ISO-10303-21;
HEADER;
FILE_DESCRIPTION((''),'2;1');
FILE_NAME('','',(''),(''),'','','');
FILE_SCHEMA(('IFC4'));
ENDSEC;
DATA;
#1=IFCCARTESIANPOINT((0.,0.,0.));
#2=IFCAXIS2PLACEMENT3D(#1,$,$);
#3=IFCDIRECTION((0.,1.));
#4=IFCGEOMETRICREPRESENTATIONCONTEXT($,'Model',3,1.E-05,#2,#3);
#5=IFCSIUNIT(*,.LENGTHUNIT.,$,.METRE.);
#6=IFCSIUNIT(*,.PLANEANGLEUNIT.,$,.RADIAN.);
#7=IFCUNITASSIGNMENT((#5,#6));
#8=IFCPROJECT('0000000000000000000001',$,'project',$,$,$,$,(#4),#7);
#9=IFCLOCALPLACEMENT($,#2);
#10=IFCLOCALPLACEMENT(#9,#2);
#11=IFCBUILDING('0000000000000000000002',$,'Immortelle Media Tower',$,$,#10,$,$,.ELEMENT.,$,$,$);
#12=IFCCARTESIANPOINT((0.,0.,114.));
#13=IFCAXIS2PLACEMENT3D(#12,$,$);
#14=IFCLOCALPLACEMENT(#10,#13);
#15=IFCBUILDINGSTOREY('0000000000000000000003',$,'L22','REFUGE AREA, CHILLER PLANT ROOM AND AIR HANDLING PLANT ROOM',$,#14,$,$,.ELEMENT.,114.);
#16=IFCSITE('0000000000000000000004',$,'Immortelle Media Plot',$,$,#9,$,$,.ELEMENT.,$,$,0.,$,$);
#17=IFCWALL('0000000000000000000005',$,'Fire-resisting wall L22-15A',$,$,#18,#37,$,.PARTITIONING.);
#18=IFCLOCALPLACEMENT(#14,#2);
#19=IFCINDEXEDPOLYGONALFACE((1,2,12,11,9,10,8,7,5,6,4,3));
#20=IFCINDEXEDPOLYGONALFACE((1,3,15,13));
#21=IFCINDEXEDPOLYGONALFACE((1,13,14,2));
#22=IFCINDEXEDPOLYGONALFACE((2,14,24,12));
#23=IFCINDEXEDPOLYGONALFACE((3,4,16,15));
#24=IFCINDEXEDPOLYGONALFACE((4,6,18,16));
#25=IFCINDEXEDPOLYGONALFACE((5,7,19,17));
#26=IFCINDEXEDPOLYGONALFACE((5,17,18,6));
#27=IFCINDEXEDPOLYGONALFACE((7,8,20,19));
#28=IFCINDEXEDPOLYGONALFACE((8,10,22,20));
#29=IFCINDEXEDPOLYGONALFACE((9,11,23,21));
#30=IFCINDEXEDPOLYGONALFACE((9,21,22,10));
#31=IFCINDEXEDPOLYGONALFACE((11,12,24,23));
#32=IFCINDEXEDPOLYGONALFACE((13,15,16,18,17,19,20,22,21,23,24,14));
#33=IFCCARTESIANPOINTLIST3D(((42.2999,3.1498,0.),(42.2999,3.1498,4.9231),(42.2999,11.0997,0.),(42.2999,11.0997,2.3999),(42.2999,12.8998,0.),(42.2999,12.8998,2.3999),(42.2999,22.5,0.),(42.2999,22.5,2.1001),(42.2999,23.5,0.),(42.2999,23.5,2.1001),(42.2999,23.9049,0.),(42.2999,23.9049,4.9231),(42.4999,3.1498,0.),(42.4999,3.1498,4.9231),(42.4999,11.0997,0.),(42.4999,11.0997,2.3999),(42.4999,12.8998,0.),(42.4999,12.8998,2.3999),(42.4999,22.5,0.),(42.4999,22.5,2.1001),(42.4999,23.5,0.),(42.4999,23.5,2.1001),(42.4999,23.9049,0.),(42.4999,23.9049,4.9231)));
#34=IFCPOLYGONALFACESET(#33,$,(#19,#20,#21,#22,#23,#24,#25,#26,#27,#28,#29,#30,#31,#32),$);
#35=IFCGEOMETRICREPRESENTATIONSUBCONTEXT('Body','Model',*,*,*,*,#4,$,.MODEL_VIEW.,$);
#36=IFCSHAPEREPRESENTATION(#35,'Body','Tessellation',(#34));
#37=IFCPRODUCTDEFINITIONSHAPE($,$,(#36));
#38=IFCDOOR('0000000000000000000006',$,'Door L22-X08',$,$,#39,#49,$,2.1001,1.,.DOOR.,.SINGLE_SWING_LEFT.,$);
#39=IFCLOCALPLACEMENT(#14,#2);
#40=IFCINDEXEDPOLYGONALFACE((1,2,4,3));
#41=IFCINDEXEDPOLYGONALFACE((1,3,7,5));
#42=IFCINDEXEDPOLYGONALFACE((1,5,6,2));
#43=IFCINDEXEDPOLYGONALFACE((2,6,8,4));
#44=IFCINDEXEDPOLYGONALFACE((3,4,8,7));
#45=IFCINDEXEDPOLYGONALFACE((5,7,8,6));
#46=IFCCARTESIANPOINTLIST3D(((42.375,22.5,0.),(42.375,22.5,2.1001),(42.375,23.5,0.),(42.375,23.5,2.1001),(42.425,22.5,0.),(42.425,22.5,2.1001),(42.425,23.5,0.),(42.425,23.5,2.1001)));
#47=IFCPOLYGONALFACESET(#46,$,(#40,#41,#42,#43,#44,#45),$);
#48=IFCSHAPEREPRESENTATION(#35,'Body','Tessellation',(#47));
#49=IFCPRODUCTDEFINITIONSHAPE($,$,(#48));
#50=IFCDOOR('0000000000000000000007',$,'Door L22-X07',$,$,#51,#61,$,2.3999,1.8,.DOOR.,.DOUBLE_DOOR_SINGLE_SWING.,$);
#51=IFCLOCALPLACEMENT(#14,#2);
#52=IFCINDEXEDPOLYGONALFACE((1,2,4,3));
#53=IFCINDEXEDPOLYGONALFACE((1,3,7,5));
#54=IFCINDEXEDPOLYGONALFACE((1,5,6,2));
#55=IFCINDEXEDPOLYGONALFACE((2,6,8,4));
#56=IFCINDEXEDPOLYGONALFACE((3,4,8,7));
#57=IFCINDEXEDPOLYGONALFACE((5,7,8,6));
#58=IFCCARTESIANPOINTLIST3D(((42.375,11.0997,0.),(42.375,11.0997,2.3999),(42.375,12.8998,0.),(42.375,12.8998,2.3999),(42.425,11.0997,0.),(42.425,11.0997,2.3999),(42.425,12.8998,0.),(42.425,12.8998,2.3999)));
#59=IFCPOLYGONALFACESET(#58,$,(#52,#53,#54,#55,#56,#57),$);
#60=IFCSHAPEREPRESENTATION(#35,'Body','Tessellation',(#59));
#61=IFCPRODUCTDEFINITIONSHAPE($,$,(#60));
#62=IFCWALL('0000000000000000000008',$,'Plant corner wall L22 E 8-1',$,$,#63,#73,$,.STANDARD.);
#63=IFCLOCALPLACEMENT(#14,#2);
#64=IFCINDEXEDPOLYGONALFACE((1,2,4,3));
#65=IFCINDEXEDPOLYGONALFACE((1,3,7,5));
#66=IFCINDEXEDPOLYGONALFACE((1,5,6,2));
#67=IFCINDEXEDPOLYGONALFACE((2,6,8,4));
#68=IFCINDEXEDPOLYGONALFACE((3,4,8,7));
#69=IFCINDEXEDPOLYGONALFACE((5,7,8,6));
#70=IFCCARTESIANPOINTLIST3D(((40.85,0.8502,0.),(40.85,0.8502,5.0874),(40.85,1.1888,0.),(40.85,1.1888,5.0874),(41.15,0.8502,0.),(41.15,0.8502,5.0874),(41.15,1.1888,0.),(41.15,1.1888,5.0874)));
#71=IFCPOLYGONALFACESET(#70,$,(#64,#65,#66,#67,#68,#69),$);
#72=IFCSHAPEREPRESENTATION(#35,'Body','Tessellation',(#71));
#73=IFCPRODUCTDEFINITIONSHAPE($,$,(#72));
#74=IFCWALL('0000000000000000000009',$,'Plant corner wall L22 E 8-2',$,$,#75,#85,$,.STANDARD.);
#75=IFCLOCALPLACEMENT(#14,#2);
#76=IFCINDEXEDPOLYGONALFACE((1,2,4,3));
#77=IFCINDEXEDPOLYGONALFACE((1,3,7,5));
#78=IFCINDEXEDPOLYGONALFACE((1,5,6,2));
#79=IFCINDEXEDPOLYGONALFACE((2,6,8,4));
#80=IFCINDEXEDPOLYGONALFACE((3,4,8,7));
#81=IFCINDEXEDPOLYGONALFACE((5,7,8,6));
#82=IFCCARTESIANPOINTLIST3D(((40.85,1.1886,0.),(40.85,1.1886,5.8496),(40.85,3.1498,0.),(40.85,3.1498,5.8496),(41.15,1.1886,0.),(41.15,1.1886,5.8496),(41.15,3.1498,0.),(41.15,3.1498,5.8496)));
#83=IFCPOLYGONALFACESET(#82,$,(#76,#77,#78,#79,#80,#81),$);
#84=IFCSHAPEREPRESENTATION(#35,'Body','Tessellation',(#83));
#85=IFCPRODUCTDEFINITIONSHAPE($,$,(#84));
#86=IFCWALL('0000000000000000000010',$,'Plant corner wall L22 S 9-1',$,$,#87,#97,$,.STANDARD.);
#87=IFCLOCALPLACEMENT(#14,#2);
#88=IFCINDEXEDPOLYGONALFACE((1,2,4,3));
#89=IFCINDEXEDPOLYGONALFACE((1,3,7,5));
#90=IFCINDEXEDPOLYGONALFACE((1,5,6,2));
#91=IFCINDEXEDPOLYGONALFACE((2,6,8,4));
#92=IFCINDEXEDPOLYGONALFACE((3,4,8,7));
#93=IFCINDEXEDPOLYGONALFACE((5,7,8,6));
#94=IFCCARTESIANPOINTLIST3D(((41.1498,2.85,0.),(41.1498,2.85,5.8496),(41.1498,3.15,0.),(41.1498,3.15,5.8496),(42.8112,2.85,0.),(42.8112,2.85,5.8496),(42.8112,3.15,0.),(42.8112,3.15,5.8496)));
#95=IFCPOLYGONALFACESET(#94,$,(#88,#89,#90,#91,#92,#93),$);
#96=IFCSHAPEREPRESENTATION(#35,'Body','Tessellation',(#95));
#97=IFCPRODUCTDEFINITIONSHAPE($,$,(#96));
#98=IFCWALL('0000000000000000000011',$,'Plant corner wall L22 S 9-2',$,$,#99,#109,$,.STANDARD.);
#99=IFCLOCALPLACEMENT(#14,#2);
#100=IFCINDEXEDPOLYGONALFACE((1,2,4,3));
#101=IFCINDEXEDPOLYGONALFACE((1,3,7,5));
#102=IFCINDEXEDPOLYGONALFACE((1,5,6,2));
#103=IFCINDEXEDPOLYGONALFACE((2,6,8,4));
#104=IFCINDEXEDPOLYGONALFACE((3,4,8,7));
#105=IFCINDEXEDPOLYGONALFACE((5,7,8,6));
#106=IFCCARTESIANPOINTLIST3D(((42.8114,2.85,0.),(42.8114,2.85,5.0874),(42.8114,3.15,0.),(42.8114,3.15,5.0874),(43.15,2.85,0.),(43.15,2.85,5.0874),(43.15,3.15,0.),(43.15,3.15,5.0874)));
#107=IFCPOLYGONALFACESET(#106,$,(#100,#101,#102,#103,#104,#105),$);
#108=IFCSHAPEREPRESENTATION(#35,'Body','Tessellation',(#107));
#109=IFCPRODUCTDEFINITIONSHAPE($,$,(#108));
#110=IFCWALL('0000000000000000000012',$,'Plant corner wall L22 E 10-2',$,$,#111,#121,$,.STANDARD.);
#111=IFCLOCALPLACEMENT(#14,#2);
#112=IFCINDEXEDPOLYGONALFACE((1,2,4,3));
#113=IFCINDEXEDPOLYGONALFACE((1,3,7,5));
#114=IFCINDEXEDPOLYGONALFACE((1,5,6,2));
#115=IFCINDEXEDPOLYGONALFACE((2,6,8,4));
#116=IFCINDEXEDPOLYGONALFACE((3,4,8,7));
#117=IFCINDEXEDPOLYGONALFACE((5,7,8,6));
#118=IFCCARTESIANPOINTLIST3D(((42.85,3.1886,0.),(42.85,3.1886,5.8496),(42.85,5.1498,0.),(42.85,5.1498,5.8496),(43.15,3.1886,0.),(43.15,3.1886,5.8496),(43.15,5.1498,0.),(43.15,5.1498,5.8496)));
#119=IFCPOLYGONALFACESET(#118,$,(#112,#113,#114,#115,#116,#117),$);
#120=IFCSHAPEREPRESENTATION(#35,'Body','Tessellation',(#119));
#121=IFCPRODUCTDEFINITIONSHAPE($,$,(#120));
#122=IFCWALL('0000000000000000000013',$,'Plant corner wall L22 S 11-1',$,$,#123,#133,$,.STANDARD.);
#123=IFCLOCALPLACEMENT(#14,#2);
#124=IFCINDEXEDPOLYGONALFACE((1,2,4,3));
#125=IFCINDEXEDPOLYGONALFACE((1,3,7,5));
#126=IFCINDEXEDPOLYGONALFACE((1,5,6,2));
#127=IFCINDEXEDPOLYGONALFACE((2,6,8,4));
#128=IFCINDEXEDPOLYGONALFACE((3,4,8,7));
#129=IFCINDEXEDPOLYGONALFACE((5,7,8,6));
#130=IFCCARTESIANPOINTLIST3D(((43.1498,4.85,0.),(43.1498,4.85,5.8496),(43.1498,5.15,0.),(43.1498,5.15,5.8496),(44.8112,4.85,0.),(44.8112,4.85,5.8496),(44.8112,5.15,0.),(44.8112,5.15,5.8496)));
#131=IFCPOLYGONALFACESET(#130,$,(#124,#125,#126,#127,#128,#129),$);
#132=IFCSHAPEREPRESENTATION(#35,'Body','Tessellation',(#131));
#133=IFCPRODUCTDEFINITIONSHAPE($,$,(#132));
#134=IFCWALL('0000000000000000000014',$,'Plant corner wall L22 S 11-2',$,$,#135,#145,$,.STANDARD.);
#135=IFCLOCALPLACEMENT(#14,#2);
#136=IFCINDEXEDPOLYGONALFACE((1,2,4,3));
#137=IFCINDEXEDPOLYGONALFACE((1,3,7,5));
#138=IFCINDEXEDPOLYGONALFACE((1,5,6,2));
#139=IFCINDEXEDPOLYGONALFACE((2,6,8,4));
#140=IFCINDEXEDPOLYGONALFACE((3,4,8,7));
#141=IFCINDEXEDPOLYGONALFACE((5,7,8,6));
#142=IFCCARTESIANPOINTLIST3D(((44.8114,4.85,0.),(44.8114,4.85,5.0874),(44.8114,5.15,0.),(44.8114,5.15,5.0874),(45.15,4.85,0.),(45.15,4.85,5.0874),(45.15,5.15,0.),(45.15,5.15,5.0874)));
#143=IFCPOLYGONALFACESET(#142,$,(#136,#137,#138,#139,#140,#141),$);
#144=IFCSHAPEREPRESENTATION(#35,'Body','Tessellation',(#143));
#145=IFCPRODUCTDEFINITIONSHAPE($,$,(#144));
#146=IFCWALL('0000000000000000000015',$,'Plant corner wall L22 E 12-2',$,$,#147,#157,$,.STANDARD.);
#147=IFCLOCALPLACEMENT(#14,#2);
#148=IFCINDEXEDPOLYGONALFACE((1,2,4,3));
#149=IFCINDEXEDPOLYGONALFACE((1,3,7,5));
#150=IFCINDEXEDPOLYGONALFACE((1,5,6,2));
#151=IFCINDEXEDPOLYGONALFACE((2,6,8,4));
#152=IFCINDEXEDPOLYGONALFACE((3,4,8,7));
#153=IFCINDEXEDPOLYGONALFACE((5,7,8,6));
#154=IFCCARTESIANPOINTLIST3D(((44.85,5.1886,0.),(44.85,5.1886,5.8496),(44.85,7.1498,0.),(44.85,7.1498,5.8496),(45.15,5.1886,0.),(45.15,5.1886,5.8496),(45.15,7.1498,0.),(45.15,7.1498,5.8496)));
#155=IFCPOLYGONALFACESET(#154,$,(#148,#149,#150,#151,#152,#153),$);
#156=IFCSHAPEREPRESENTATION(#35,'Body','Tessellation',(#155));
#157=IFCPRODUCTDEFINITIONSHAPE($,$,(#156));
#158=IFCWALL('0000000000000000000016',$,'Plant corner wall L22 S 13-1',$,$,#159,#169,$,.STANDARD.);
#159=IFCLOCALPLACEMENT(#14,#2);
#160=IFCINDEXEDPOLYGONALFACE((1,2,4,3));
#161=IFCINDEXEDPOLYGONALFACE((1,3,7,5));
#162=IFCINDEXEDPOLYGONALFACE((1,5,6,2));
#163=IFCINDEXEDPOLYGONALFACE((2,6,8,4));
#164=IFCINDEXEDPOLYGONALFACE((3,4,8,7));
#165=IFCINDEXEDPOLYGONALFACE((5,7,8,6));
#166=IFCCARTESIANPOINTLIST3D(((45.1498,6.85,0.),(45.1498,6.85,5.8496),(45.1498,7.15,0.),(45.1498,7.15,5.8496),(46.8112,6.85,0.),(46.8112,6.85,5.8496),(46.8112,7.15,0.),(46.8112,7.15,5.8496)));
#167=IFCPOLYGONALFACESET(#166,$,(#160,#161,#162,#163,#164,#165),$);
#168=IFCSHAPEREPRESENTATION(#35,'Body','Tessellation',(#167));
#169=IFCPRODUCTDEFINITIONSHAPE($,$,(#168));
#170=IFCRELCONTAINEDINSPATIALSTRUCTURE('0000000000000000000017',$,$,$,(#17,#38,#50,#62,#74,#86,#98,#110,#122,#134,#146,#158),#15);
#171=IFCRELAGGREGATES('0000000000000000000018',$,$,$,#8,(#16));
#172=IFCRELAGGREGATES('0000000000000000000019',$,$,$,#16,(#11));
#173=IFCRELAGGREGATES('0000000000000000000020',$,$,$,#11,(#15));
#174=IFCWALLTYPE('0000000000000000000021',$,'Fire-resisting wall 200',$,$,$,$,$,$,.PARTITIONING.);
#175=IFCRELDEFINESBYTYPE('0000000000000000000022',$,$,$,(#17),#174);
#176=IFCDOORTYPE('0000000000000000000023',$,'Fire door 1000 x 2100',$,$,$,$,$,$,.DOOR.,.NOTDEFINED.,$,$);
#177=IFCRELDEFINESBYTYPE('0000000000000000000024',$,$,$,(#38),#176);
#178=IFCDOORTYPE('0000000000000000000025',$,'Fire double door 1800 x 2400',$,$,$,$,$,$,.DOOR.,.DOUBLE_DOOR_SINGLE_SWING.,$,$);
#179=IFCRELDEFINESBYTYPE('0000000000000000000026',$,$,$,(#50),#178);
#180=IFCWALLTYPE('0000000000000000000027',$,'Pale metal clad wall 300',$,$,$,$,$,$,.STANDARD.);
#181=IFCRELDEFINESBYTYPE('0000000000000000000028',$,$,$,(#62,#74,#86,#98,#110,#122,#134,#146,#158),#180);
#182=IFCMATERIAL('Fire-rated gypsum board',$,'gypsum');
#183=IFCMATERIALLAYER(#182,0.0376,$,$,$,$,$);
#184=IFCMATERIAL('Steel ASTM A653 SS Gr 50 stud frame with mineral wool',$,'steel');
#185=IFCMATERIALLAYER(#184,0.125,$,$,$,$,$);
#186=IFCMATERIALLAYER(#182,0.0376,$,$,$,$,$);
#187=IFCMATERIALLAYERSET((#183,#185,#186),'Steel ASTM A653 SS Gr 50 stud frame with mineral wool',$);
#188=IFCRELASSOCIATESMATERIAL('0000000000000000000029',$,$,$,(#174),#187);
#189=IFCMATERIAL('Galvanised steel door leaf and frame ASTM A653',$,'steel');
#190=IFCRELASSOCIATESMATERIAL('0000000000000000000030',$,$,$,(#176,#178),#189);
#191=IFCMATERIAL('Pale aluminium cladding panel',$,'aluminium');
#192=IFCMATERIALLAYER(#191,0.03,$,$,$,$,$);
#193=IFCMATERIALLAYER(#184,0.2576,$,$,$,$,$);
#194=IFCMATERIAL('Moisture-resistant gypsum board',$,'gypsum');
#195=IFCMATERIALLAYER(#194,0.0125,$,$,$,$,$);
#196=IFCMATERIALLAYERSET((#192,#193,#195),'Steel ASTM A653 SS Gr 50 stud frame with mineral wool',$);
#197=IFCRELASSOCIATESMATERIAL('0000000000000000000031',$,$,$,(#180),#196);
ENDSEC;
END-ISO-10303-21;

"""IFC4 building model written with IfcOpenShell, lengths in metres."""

from ifc_helpers import new_model, si_unit, direction, frame, frame_2d, origin, place, context, subcontext, project, spatial, rectangle, extrude, material, layer, layer_set, type_object, element, fill, save


model = new_model("IFC4")

# Units and contexts
model_context = context("Model", 3, precision=1e-05, world=origin(), true_north=direction((0.0, 1.0)))
body_context = subcontext(model_context, "Body", "Model", "MODEL_VIEW")
ifc_project = project(units=[si_unit("LENGTHUNIT", "METRE"), si_unit("PLANEANGLEUNIT", "RADIAN")], contexts=[model_context])

# Site, building, storey
site_placement = place(None, origin())
site = spatial("IfcSite", under=ifc_project, at=site_placement, Name="Immortelle Media Plot", CompositionType="ELEMENT", RefElevation=0.0)
building_placement = place(site_placement, origin())
building = spatial("IfcBuilding", under=site, at=building_placement, Name="Immortelle Media Tower", CompositionType="ELEMENT")
storey_placement = place(building_placement, frame((0.0, 0.0, 114.0)))
storey = spatial("IfcBuildingStorey", under=building, at=storey_placement, Name="L22", Description="REFUGE AREA, CHILLER PLANT ROOM AND AIR HANDLING PLANT ROOM", CompositionType="ELEMENT", Elevation=114.0)

# Wall, openings, doors
ifc_material_1 = material(Name="Fire-rated gypsum board", Category="gypsum")
ifc_layer_1 = layer(ifc_material_1, 0.0376)
ifc_material_2 = material(Name="Steel ASTM A653 SS Gr 50 stud frame with mineral wool", Category="steel")
ifc_layer_2 = layer(ifc_material_2, 0.125)
ifc_layer_3 = layer(ifc_material_1, 0.0376)
ifc_layer_set_1 = layer_set([ifc_layer_1, ifc_layer_2, ifc_layer_3], Name="Steel ASTM A653 SS Gr 50 stud frame with mineral wool")
wall_type_1 = type_object("IfcWallType", Name="Fire-resisting wall 200", PredefinedType="PARTITIONING", material=ifc_layer_set_1)
wall_1_placement = place(storey_placement, frame((42.3999, 3.1499, 0.0), z_axis=(0.0, 0.0, 1.0), x_axis=(0.0, 1.0, 0.0)))
wall_1 = element("IfcWall", 1, at=wall_1_placement, inside=storey, type_object=wall_type_1, Name="Fire-resisting wall L22-15A", PredefinedType="PARTITIONING", context=body_context, shape_type="SweptSolid", body=[
    extrude(rectangle(XDim=20.7551, YDim=0.2, at=frame_2d((10.3774, 0.0))), origin(), (0.0, 0.0, 1.0), 4.9231),
])
opening_1_placement = place(wall_1_placement, frame((7.95, 0.0, 0.0)))
opening_1 = element("IfcOpeningElement", 2, at=opening_1_placement, cuts=wall_1, PredefinedType="OPENING", context=body_context, shape_type="SweptSolid", body=[
    extrude(rectangle(XDim=1.8, YDim=2.3999, at=frame_2d((0.8999, 1.2))), frame((0.0, 0.1099, 0.0), z_axis=(0.0, -1.0, 0.0), x_axis=(1.0, 0.0, 0.0)), (0.0, 0.0, 1.0), 0.22),
])
opening_2_placement = place(wall_1_placement, frame((19.3501, 0.0, 0.0)))
opening_2 = element("IfcOpeningElement", 3, at=opening_2_placement, cuts=wall_1, PredefinedType="OPENING", context=body_context, shape_type="SweptSolid", body=[
    extrude(rectangle(XDim=1.0, YDim=2.1001, at=frame_2d((0.5, 1.05))), frame((0.0, 0.1099, 0.0), z_axis=(0.0, -1.0, 0.0), x_axis=(1.0, 0.0, 0.0)), (0.0, 0.0, 1.0), 0.22),
])
ifc_material_3 = material(Name="Galvanised steel door leaf and frame ASTM A653", Category="steel")
door_type_1 = type_object("IfcDoorType", Name="Fire door 1000 x 2100", OperationType="NOTDEFINED", PredefinedType="DOOR", material=ifc_material_3)
door_1_placement = place(opening_2_placement, origin())
door_1 = element("IfcDoor", 4, at=door_1_placement, inside=storey, type_object=door_type_1, Name="Door L22-X08", OperationType="SINGLE_SWING_LEFT", OverallHeight=2.1001, OverallWidth=1.0, PredefinedType="DOOR", context=body_context, shape_type="SweptSolid", body=[
    extrude(rectangle(XDim=1.0, YDim=2.1001, at=frame_2d((0.5, 1.05))), frame((0.0, 0.0249, 0.0), z_axis=(0.0, -1.0, 0.0), x_axis=(1.0, 0.0, 0.0)), (0.0, 0.0, 1.0), 0.05),
])
fill(opening_2, door_1)
door_type_2 = type_object("IfcDoorType", Name="Fire double door 1800 x 2400", OperationType="DOUBLE_DOOR_SINGLE_SWING", PredefinedType="DOOR", material=ifc_material_3)
door_2_placement = place(opening_1_placement, origin())
door_2 = element("IfcDoor", 5, at=door_2_placement, inside=storey, type_object=door_type_2, Name="Door L22-X07", OperationType="DOUBLE_DOOR_SINGLE_SWING", OverallHeight=2.3999, OverallWidth=1.8, PredefinedType="DOOR", context=body_context, shape_type="SweptSolid", body=[
    extrude(rectangle(XDim=1.8, YDim=2.3999, at=frame_2d((0.8999, 1.2))), frame((0.0, 0.0249, 0.0), z_axis=(0.0, -1.0, 0.0), x_axis=(1.0, 0.0, 0.0)), (0.0, 0.0, 1.0), 0.05),
])
fill(opening_1, door_2)

# Walls
ifc_material_4 = material(Name="Pale aluminium cladding panel", Category="aluminium")
ifc_layer_4 = layer(ifc_material_4, 0.03)
ifc_layer_5 = layer(ifc_material_2, 0.2576)
ifc_material_5 = material(Name="Moisture-resistant gypsum board", Category="gypsum")
ifc_layer_6 = layer(ifc_material_5, 0.0125)
ifc_layer_set_2 = layer_set([ifc_layer_4, ifc_layer_5, ifc_layer_6], Name="Steel ASTM A653 SS Gr 50 stud frame with mineral wool")
wall_type_2 = type_object("IfcWallType", Name="Pale metal clad wall 300", PredefinedType="STANDARD", material=ifc_layer_set_2)
wall_2_placement = place(storey_placement, frame((41.0, 0.8501, 0.0), z_axis=(0.0, 0.0, 1.0), x_axis=(0.0, 1.0, 0.0)))
element("IfcWall", 6, at=wall_2_placement, inside=storey, type_object=wall_type_2, Name="Plant corner wall L22 E 8-1", PredefinedType="STANDARD", context=body_context, shape_type="SweptSolid", body=[
    extrude(rectangle(XDim=0.3386, YDim=0.3, at=frame_2d((0.1694, 0.0))), origin(), (0.0, 0.0, 1.0), 5.0874),
])
wall_3_placement = place(storey_placement, frame((41.0, 1.1887, 0.0), z_axis=(0.0, 0.0, 1.0), x_axis=(0.0, 1.0, 0.0)))
element("IfcWall", 7, at=wall_3_placement, inside=storey, type_object=wall_type_2, Name="Plant corner wall L22 E 8-2", PredefinedType="STANDARD", context=body_context, shape_type="SweptSolid", body=[
    extrude(rectangle(XDim=1.9612, YDim=0.3, at=frame_2d((0.9805, 0.0))), origin(), (0.0, 0.0, 1.0), 5.8496),
])
wall_4_placement = place(storey_placement, frame((41.1499, 3.0, 0.0), z_axis=(0.0, 0.0, 1.0), x_axis=(1.0, 0.0, 0.0)))
element("IfcWall", 8, at=wall_4_placement, inside=storey, type_object=wall_type_2, Name="Plant corner wall L22 S 9-1", PredefinedType="STANDARD", context=body_context, shape_type="SweptSolid", body=[
    extrude(rectangle(XDim=1.6614, YDim=0.3, at=frame_2d((0.8306, 0.0))), origin(), (0.0, 0.0, 1.0), 5.8496),
])
wall_5_placement = place(storey_placement, frame((42.8113, 3.0, 0.0), z_axis=(0.0, 0.0, 1.0), x_axis=(1.0, 0.0, 0.0)))
element("IfcWall", 9, at=wall_5_placement, inside=storey, type_object=wall_type_2, Name="Plant corner wall L22 S 9-2", PredefinedType="STANDARD", context=body_context, shape_type="SweptSolid", body=[
    extrude(rectangle(XDim=0.3386, YDim=0.3, at=frame_2d((0.1694, 0.0))), origin(), (0.0, 0.0, 1.0), 5.0874),
])
wall_6_placement = place(storey_placement, frame((43.0, 3.1887, 0.0), z_axis=(0.0, 0.0, 1.0), x_axis=(0.0, 1.0, 0.0)))
element("IfcWall", 10, at=wall_6_placement, inside=storey, type_object=wall_type_2, Name="Plant corner wall L22 E 10-2", PredefinedType="STANDARD", context=body_context, shape_type="SweptSolid", body=[
    extrude(rectangle(XDim=1.9612, YDim=0.3, at=frame_2d((0.9805, 0.0))), origin(), (0.0, 0.0, 1.0), 5.8496),
])
wall_7_placement = place(storey_placement, frame((43.1499, 5.0, 0.0), z_axis=(0.0, 0.0, 1.0), x_axis=(1.0, 0.0, 0.0)))
element("IfcWall", 11, at=wall_7_placement, inside=storey, type_object=wall_type_2, Name="Plant corner wall L22 S 11-1", PredefinedType="STANDARD", context=body_context, shape_type="SweptSolid", body=[
    extrude(rectangle(XDim=1.6614, YDim=0.3, at=frame_2d((0.8306, 0.0))), origin(), (0.0, 0.0, 1.0), 5.8496),
])
wall_8_placement = place(storey_placement, frame((44.8113, 5.0, 0.0), z_axis=(0.0, 0.0, 1.0), x_axis=(1.0, 0.0, 0.0)))
element("IfcWall", 12, at=wall_8_placement, inside=storey, type_object=wall_type_2, Name="Plant corner wall L22 S 11-2", PredefinedType="STANDARD", context=body_context, shape_type="SweptSolid", body=[
    extrude(rectangle(XDim=0.3386, YDim=0.3, at=frame_2d((0.1694, 0.0))), origin(), (0.0, 0.0, 1.0), 5.0874),
])
wall_9_placement = place(storey_placement, frame((45.0, 5.1887, 0.0), z_axis=(0.0, 0.0, 1.0), x_axis=(0.0, 1.0, 0.0)))
element("IfcWall", 13, at=wall_9_placement, inside=storey, type_object=wall_type_2, Name="Plant corner wall L22 E 12-2", PredefinedType="STANDARD", context=body_context, shape_type="SweptSolid", body=[
    extrude(rectangle(XDim=1.9612, YDim=0.3, at=frame_2d((0.9805, 0.0))), origin(), (0.0, 0.0, 1.0), 5.8496),
])
wall_10_placement = place(storey_placement, frame((45.1499, 7.0, 0.0), z_axis=(0.0, 0.0, 1.0), x_axis=(1.0, 0.0, 0.0)))
element("IfcWall", 14, at=wall_10_placement, inside=storey, type_object=wall_type_2, Name="Plant corner wall L22 S 13-1", PredefinedType="STANDARD", context=body_context, shape_type="SweptSolid", body=[
    extrude(rectangle(XDim=1.6614, YDim=0.3, at=frame_2d((0.8306, 0.0))), origin(), (0.0, 0.0, 1.0), 5.8496),
])

save(model, "model.ifc")
